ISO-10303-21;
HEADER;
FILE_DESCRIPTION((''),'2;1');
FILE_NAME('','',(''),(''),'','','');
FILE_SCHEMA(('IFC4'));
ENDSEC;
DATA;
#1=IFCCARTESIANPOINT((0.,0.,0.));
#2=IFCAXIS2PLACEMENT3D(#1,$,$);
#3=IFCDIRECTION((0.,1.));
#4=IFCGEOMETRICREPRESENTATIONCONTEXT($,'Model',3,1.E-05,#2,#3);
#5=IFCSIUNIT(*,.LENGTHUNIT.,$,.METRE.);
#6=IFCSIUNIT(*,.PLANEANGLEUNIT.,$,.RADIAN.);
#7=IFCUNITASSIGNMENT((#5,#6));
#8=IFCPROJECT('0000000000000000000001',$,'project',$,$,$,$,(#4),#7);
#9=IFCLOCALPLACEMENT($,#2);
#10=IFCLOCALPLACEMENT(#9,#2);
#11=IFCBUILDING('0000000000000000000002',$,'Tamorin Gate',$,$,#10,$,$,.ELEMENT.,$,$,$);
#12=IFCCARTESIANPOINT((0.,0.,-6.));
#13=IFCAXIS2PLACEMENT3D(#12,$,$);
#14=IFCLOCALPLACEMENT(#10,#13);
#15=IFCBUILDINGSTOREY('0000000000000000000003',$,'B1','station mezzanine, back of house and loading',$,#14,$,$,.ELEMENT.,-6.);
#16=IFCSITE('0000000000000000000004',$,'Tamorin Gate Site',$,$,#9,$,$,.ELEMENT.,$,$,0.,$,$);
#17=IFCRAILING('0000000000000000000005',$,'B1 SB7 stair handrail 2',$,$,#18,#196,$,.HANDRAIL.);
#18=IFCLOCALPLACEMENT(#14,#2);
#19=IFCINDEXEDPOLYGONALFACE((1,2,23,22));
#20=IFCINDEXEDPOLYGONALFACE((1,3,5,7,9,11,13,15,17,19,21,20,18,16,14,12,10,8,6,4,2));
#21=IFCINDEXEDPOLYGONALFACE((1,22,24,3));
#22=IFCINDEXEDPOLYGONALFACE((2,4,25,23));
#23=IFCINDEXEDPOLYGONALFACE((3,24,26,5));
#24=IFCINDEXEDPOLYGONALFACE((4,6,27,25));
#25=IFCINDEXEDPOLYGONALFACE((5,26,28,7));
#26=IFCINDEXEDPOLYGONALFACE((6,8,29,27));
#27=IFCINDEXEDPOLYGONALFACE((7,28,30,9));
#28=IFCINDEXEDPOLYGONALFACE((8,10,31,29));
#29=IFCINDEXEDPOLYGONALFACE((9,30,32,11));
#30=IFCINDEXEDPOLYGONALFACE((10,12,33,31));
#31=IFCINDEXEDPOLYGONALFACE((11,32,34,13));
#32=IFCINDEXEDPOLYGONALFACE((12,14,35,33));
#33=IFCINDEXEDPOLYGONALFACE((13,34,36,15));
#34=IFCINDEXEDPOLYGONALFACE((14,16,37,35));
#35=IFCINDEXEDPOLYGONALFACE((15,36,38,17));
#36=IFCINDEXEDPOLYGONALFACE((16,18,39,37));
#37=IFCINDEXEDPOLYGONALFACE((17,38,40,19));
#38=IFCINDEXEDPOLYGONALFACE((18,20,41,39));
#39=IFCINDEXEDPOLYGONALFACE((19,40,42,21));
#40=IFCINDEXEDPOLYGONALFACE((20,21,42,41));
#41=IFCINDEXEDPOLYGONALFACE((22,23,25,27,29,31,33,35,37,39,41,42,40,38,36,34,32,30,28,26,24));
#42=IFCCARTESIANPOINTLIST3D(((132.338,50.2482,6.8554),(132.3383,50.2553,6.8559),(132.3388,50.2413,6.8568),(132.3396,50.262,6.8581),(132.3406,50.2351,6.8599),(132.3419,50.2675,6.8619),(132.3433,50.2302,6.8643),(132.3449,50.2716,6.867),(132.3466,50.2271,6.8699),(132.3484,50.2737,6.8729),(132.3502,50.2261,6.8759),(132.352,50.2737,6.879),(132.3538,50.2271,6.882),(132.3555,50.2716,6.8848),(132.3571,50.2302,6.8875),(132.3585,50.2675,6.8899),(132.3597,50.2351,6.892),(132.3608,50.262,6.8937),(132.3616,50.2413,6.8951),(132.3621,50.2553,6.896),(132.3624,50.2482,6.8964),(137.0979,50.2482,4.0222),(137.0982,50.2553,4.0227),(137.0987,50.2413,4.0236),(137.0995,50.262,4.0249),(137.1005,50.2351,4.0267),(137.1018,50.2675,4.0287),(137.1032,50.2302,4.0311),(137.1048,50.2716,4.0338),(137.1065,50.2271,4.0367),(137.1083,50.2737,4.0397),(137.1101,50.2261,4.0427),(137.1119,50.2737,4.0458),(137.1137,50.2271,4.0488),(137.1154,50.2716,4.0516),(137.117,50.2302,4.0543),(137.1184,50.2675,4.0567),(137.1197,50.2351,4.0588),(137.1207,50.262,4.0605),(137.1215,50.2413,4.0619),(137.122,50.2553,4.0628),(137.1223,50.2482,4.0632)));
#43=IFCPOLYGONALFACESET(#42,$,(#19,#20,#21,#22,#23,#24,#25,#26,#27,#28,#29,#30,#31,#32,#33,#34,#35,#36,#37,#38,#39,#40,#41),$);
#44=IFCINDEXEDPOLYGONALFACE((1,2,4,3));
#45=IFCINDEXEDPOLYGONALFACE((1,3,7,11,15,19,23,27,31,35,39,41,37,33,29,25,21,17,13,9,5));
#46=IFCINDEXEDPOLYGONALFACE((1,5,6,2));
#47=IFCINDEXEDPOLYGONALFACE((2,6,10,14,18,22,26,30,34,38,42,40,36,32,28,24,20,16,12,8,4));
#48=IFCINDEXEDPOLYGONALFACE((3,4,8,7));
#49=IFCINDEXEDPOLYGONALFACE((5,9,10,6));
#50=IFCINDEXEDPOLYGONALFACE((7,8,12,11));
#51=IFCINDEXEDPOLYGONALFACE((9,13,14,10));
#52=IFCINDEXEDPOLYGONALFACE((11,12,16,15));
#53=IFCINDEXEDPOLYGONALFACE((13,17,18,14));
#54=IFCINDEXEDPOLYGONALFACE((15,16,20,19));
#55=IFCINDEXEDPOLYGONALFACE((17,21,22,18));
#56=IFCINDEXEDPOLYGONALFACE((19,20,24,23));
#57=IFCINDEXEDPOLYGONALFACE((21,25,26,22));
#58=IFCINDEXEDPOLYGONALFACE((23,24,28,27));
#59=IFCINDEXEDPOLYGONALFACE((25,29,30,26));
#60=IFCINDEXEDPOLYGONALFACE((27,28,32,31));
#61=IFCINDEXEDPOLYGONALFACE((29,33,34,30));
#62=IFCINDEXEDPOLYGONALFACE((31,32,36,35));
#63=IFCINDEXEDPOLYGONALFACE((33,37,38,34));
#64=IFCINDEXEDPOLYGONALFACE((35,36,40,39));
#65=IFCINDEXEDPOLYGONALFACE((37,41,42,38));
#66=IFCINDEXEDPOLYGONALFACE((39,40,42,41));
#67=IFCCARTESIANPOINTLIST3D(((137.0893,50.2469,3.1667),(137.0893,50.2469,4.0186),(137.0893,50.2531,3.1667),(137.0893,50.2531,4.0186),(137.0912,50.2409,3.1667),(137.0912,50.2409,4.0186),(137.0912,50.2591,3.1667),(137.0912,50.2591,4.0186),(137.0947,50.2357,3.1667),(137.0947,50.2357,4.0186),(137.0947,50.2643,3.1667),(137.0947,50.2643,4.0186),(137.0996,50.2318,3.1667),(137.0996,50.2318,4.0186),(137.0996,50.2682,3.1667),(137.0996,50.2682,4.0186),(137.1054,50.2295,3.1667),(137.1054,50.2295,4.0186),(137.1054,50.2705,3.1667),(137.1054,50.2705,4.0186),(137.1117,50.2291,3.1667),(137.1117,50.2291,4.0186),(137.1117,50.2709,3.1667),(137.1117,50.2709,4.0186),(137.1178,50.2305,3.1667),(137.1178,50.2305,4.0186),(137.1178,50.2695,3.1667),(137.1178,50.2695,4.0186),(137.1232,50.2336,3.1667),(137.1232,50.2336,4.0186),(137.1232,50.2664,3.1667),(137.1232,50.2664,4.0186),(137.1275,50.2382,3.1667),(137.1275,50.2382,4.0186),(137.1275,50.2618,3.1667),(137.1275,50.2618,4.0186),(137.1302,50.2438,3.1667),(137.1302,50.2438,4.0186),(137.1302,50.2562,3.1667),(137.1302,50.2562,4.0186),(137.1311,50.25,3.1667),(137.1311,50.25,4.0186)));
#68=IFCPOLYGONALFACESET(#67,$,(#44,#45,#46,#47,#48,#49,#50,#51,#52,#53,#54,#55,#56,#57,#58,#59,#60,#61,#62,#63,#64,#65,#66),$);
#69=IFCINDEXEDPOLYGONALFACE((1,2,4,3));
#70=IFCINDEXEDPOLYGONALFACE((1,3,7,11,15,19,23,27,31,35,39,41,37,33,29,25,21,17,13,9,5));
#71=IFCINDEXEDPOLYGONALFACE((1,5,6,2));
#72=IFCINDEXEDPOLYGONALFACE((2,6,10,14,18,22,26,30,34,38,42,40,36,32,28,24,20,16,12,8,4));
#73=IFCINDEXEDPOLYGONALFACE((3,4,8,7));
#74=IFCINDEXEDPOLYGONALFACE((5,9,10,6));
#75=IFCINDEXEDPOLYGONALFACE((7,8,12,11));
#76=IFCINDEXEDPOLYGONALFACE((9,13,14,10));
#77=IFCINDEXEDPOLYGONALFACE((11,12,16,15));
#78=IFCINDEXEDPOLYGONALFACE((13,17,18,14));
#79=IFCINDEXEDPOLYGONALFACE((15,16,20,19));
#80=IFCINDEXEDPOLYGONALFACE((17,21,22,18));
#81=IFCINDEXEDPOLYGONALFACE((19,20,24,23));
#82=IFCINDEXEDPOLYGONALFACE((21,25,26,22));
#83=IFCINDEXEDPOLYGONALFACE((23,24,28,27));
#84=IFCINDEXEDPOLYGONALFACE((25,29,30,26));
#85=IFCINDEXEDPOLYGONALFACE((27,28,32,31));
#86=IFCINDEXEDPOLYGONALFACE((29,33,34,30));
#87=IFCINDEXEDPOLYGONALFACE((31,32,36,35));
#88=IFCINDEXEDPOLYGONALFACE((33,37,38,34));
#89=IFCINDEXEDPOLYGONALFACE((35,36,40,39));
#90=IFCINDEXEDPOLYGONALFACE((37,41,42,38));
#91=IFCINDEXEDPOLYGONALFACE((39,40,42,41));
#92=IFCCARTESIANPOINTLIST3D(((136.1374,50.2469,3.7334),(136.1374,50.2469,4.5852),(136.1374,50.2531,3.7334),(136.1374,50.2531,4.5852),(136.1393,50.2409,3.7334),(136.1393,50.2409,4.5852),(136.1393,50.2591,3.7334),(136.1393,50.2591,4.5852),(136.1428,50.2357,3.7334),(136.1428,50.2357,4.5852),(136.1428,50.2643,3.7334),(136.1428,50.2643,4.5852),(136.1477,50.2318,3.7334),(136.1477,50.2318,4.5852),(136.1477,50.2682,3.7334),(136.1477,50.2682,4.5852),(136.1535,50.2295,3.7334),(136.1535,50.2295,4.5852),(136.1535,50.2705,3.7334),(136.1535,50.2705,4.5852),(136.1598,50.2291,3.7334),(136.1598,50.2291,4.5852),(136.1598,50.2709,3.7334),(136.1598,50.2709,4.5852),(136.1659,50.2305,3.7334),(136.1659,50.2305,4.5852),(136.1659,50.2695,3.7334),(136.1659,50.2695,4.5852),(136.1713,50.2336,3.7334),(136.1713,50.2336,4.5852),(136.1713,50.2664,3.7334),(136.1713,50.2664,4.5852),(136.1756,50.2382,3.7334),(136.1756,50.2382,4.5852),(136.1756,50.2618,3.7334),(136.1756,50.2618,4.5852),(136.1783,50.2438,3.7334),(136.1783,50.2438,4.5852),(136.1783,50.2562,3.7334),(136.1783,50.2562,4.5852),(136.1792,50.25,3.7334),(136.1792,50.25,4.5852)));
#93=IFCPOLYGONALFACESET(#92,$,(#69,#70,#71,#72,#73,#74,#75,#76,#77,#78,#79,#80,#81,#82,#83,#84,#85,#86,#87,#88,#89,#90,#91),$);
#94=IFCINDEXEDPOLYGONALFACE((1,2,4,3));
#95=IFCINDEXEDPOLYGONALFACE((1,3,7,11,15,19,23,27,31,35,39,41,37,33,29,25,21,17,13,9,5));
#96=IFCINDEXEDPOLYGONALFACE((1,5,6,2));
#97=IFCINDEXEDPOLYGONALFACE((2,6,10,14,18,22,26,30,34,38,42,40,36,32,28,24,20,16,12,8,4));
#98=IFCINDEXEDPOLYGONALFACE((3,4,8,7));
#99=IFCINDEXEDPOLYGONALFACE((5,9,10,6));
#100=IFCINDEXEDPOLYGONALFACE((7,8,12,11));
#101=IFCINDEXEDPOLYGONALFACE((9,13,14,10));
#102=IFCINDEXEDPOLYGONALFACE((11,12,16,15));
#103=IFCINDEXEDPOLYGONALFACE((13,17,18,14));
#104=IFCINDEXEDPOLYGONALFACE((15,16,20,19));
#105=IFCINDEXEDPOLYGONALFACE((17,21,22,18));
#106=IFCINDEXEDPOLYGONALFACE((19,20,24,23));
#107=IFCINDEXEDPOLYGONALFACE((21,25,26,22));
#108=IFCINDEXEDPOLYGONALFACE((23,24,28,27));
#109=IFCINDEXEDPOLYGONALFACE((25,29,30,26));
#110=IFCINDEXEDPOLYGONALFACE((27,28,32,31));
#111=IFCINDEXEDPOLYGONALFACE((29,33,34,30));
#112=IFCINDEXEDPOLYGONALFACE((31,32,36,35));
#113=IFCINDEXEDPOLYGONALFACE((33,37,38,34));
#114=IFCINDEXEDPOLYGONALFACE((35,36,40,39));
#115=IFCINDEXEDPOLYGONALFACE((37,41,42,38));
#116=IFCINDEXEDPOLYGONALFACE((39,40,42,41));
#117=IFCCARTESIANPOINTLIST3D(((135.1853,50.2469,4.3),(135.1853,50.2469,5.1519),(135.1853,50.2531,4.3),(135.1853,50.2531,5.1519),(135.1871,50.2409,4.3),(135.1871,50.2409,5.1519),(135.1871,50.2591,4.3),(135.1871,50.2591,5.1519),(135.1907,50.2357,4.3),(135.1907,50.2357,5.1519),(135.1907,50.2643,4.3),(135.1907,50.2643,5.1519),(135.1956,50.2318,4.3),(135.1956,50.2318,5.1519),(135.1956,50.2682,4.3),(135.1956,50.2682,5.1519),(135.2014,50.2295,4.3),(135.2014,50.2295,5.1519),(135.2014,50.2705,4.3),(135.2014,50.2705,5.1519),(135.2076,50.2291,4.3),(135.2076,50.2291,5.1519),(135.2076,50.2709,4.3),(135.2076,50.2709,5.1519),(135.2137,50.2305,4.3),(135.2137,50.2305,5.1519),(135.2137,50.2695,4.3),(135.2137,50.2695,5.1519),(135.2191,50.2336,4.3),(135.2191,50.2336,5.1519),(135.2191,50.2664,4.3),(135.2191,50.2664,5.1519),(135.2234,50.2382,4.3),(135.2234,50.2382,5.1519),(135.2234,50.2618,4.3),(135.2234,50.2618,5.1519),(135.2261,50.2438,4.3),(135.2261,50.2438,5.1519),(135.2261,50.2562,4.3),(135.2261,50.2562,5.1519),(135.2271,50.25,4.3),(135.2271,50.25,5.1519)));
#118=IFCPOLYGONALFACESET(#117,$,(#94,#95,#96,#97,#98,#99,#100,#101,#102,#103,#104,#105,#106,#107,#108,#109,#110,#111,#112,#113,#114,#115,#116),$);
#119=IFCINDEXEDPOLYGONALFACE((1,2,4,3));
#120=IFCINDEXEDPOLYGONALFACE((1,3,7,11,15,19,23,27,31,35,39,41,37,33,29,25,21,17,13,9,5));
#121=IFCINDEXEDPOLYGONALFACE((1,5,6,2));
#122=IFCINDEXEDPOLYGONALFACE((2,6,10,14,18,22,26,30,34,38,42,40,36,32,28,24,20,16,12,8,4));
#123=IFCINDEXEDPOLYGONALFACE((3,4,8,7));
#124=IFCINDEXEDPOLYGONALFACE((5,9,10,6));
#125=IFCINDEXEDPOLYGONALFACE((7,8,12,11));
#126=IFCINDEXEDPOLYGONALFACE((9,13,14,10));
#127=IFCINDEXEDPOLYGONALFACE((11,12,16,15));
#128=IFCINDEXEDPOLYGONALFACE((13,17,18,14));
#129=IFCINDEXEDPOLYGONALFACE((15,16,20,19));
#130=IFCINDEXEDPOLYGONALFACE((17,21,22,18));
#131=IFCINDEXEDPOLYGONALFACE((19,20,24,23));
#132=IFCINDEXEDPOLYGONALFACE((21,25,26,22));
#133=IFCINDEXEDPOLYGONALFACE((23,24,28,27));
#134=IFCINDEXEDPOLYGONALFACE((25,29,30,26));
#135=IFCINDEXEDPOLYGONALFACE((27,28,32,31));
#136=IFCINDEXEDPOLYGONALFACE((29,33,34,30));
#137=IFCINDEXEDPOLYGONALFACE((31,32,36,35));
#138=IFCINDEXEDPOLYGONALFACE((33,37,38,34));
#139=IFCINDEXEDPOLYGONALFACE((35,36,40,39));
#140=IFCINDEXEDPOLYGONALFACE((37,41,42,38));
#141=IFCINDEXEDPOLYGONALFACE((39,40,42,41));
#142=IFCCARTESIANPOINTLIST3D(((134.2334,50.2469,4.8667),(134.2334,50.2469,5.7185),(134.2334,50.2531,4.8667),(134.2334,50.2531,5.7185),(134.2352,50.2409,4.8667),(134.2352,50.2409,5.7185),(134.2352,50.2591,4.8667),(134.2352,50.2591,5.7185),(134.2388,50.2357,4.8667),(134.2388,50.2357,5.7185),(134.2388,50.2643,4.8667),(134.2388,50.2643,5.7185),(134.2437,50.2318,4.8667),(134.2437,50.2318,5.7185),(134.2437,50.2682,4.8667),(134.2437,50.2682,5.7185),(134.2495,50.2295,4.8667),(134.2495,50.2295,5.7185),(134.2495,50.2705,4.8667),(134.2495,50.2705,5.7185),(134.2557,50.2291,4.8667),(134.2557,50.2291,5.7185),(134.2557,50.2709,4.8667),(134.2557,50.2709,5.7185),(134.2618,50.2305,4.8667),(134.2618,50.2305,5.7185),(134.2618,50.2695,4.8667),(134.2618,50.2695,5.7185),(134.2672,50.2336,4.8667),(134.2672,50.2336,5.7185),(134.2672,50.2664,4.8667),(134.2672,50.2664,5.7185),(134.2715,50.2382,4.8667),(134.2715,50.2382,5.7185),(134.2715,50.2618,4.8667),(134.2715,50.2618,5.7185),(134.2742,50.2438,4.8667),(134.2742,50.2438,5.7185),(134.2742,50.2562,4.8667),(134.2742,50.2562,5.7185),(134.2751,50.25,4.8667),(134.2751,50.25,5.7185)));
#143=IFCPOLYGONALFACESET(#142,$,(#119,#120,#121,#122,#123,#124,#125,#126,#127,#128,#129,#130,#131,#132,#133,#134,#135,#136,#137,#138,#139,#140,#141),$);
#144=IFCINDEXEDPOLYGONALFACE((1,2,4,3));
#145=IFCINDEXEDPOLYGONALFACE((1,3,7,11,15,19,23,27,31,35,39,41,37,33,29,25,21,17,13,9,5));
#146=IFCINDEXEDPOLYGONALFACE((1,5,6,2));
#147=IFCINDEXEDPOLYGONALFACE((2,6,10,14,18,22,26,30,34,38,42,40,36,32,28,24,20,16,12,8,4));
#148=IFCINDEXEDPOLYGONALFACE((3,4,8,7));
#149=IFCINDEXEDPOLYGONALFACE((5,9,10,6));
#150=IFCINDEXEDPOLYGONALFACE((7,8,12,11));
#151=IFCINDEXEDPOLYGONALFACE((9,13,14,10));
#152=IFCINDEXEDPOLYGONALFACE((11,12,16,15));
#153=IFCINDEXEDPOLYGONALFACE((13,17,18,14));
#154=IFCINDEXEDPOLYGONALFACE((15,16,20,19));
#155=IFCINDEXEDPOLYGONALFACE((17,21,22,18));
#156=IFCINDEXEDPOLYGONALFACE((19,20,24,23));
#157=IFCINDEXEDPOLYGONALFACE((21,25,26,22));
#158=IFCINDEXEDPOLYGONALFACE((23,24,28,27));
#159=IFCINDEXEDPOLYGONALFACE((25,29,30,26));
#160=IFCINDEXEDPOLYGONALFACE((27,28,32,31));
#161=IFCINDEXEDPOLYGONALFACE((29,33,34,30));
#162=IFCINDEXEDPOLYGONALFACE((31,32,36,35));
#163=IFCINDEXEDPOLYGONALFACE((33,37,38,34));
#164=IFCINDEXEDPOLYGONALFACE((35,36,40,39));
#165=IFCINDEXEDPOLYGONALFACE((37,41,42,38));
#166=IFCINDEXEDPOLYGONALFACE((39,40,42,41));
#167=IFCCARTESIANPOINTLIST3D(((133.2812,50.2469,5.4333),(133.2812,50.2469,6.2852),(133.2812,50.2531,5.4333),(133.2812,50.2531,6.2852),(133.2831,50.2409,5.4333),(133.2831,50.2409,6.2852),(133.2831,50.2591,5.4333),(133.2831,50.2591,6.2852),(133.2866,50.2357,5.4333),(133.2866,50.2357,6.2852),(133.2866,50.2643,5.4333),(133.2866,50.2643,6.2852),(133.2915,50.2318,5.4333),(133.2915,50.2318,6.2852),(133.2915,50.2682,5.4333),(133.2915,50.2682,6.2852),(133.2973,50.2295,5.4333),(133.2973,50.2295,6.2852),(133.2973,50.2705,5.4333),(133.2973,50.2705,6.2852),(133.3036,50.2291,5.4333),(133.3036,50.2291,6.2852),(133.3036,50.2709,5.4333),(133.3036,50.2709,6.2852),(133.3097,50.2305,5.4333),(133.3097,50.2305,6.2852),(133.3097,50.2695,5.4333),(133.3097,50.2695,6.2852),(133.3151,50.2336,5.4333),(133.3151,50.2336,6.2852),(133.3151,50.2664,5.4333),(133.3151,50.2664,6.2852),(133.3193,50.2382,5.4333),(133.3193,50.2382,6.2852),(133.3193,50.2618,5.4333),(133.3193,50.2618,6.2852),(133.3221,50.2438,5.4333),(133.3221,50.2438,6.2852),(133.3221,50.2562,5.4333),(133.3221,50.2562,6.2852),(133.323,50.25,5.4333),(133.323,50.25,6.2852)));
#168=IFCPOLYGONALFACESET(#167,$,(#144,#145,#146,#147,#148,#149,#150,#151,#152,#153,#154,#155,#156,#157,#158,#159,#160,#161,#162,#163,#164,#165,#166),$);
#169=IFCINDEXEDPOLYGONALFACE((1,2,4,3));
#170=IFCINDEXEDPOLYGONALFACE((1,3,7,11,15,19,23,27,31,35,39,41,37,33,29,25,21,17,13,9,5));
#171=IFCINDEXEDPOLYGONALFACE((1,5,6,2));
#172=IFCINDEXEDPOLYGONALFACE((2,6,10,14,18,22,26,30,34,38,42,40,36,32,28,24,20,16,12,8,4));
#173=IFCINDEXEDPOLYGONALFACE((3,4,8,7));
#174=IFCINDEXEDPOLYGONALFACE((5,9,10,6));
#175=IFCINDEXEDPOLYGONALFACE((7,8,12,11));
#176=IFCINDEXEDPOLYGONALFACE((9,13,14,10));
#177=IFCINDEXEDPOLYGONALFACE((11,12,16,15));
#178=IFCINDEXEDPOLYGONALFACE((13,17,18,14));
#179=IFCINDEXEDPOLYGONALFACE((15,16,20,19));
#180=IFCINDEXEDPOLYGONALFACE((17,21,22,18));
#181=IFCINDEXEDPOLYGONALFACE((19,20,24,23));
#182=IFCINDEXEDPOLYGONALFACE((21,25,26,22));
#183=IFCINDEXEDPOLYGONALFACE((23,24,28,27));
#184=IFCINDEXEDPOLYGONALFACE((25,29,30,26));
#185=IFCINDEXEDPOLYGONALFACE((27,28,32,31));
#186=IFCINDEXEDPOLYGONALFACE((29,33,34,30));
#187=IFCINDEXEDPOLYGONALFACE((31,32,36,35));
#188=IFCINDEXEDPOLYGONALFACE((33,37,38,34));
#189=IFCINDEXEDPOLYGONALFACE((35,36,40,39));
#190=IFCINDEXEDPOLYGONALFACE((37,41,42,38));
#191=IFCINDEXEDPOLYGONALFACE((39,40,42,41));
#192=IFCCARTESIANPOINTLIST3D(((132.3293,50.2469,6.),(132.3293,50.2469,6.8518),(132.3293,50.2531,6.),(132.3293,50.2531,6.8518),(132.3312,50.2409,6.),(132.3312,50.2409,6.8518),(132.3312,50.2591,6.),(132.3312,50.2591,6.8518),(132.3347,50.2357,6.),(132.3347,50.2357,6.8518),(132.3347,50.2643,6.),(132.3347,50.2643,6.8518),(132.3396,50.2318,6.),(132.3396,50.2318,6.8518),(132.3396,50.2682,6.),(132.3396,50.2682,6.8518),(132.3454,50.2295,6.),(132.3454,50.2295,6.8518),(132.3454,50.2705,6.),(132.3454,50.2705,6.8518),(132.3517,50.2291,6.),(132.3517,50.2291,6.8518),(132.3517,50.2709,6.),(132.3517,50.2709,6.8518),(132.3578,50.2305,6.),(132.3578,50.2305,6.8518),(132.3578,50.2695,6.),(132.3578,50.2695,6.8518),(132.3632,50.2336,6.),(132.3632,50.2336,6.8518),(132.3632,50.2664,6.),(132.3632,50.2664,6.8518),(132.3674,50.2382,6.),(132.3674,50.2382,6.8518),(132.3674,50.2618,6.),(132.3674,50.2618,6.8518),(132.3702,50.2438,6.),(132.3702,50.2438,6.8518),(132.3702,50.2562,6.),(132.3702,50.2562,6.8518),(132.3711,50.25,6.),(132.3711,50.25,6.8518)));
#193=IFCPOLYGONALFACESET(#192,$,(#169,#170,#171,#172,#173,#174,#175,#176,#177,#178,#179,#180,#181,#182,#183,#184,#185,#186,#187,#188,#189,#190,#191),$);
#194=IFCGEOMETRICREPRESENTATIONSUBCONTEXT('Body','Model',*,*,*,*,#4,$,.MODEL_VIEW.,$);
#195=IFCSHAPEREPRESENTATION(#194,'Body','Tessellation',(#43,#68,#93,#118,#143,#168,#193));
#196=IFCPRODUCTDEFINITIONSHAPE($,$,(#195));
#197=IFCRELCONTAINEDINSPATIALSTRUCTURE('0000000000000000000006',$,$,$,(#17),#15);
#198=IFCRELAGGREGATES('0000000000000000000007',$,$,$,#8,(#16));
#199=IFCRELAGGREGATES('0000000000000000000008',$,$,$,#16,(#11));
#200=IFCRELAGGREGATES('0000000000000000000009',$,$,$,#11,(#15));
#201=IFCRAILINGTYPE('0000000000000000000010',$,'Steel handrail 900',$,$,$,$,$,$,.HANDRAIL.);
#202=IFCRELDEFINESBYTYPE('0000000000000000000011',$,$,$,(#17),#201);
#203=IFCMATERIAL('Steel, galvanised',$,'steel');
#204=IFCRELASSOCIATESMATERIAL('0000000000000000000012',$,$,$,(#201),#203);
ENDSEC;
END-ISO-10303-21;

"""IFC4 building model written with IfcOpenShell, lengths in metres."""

from ifc_helpers import new_model, si_unit, direction, frame, origin, origin_2d, place, context, subcontext, project, spatial, circle, extrude, material, type_object, element, save


model = new_model("IFC4")

# Units and contexts
model_context = context("Model", 3, precision=1e-05, world=origin(), true_north=direction((0.0, 1.0)))
body_context = subcontext(model_context, "Body", "Model", "MODEL_VIEW")
ifc_project = project(units=[si_unit("LENGTHUNIT", "METRE"), si_unit("PLANEANGLEUNIT", "RADIAN")], contexts=[model_context])

# Site, building, storey
site_placement = place(None, origin())
site = spatial("IfcSite", under=ifc_project, at=site_placement, Name="Tamorin Gate Site", CompositionType="ELEMENT", RefElevation=0.0)
building_placement = place(site_placement, origin())
building = spatial("IfcBuilding", under=site, at=building_placement, Name="Tamorin Gate", CompositionType="ELEMENT")
storey_placement = place(building_placement, frame((0.0, 0.0, -6.0)))
storey = spatial("IfcBuildingStorey", under=building, at=storey_placement, Name="B1", Description="station mezzanine, back of house and loading", CompositionType="ELEMENT", Elevation=-6.0)

# Railing
ifc_material_1 = material(Name="Steel, galvanised", Category="steel")
railing_type_1 = type_object("IfcRailingType", Name="Steel handrail 900", PredefinedType="HANDRAIL", material=ifc_material_1)
railing_1_placement = place(storey_placement, frame((137.1101, 50.25, 3.1667)))
element("IfcRailing", 1, at=railing_1_placement, inside=storey, type_object=railing_type_1, Name="B1 SB7 stair handrail 2", PredefinedType="HANDRAIL", context=body_context, shape_type="SweptSolid", body=[
    extrude(circle(Radius=0.0239, at=origin_2d()), frame((0.0, 0.0, 0.876), z_axis=(-0.8593, 0.0, 0.511472), x_axis=(0.0, -1.0, 0.0)), (0.0, 0.0, 1.0), 5.5393),
    extrude(circle(Radius=0.021, at=origin_2d()), origin(), (0.0, 0.0, 1.0), 0.8518),
    extrude(circle(Radius=0.021, at=origin_2d()), frame((-0.9519, 0.0, 0.5667)), (0.0, 0.0, 1.0), 0.8518),
    extrude(circle(Radius=0.021, at=origin_2d()), frame((-1.9041, 0.0, 1.1333)), (0.0, 0.0, 1.0), 0.8518),
    extrude(circle(Radius=0.021, at=origin_2d()), frame((-2.856, 0.0, 1.7)), (0.0, 0.0, 1.0), 0.8518),
    extrude(circle(Radius=0.021, at=origin_2d()), frame((-3.8081, 0.0, 2.2666)), (0.0, 0.0, 1.0), 0.8518),
    extrude(circle(Radius=0.021, at=origin_2d()), frame((-4.76, 0.0, 2.8333)), (0.0, 0.0, 1.0), 0.8518),
])

save(model, "model.ifc")
